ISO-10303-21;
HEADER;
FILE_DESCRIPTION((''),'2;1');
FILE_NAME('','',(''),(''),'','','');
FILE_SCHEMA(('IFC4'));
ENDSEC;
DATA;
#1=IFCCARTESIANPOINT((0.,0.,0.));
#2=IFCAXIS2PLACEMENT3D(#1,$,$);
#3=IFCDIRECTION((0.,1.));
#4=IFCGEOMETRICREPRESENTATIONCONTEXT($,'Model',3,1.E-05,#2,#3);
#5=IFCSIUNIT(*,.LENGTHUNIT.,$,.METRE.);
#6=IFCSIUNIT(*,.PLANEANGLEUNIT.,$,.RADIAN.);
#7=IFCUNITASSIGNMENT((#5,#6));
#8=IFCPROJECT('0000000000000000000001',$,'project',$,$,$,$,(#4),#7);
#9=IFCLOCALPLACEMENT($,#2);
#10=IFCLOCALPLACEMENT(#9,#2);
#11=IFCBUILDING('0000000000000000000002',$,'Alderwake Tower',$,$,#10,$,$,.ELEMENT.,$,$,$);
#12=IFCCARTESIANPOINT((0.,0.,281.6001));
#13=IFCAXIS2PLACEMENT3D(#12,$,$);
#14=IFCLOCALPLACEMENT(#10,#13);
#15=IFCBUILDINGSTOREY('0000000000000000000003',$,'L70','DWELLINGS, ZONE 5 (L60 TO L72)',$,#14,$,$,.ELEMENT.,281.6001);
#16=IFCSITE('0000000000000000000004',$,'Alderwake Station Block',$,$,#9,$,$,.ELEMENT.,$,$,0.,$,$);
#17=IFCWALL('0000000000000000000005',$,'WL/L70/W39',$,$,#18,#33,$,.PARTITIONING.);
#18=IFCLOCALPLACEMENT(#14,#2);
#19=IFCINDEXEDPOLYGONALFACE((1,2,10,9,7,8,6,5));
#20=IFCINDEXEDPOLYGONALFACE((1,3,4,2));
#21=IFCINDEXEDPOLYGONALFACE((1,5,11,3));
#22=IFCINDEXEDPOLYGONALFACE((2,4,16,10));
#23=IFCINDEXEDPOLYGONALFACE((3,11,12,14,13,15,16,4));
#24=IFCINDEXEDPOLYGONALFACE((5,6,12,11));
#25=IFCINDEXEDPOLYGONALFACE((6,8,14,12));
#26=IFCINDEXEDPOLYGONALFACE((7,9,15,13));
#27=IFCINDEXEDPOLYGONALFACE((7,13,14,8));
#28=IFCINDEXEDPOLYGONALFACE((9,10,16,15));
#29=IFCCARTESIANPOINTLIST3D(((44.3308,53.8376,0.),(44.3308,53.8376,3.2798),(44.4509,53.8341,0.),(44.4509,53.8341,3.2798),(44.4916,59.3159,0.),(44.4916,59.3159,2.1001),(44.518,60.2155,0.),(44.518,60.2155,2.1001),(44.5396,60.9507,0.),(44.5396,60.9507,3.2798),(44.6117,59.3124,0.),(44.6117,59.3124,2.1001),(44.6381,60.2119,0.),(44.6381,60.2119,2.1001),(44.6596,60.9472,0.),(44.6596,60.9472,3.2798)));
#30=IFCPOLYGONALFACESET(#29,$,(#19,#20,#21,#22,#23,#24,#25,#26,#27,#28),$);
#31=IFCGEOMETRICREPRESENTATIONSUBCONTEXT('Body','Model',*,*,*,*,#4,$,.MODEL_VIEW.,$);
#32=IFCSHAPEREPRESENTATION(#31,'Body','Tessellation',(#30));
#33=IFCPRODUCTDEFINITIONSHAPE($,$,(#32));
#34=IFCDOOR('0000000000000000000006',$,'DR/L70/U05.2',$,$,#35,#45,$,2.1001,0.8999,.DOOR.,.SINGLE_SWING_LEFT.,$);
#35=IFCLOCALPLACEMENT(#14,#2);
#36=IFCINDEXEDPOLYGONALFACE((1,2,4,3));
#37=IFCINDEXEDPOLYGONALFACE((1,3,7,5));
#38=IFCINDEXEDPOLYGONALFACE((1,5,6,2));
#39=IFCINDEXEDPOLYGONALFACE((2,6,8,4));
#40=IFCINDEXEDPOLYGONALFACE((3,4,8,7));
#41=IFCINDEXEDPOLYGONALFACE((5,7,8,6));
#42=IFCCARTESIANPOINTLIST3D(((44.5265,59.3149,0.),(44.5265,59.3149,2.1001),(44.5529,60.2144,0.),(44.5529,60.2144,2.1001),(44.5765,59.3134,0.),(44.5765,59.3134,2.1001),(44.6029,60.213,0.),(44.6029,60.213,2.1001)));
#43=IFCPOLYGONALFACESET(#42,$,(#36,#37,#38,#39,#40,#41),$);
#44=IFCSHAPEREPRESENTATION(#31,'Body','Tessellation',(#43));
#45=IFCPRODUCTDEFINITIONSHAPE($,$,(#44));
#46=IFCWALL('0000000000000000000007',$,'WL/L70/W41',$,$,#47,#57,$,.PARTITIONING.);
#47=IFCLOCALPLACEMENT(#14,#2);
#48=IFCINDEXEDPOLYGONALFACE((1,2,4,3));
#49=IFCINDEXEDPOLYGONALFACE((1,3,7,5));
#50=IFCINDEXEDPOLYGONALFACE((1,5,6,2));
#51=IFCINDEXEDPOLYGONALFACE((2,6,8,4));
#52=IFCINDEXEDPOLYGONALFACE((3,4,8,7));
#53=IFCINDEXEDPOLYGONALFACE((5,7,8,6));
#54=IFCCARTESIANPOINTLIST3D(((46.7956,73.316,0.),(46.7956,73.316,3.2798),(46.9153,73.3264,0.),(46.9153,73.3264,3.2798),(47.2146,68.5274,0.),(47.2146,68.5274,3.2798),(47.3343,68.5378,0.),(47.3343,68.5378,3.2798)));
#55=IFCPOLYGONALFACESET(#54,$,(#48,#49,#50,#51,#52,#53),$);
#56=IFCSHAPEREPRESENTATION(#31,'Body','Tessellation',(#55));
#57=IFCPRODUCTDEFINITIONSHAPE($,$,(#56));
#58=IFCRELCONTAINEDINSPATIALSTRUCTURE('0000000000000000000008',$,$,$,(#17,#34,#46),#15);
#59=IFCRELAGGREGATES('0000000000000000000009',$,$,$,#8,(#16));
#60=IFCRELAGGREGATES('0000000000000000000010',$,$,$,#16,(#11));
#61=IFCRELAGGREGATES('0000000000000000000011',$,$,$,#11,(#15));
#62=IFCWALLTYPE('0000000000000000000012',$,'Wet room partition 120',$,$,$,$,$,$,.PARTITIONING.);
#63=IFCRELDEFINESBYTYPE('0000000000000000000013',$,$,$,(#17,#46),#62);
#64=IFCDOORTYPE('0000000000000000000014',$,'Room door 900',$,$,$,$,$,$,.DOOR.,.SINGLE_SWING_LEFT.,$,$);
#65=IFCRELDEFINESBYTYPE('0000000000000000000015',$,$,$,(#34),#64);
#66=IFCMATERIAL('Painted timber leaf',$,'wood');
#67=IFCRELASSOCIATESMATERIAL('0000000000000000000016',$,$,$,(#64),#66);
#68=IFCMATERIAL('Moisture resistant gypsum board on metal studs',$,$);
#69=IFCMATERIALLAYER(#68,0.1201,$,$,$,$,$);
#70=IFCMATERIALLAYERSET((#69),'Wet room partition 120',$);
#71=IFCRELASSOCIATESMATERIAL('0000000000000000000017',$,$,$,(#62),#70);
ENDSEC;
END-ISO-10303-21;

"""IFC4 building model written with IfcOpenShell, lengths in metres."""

from ifc_helpers import new_model, si_unit, direction, frame, frame_2d, origin, place, context, subcontext, project, spatial, rectangle, extrude, material, layer, layer_set, type_object, element, fill, save


model = new_model("IFC4")

# Units and contexts
model_context = context("Model", 3, precision=1e-05, world=origin(), true_north=direction((0.0, 1.0)))
body_context = subcontext(model_context, "Body", "Model", "MODEL_VIEW")
ifc_project = project(units=[si_unit("LENGTHUNIT", "METRE"), si_unit("PLANEANGLEUNIT", "RADIAN")], contexts=[model_context])

# Site, building, storey
site_placement = place(None, origin())
site = spatial("IfcSite", under=ifc_project, at=site_placement, Name="Alderwake Station Block", CompositionType="ELEMENT", RefElevation=0.0)
building_placement = place(site_placement, origin())
building = spatial("IfcBuilding", under=site, at=building_placement, Name="Alderwake Tower", CompositionType="ELEMENT")
storey_placement = place(building_placement, frame((0.0, 0.0, 281.6001)))
storey = spatial("IfcBuildingStorey", under=building, at=storey_placement, Name="L70", Description="DWELLINGS, ZONE 5 (L60 TO L72)", CompositionType="ELEMENT", Elevation=281.6001)

# Shared definitions
ifc_material_1 = material(Name="Painted timber leaf", Category="wood")
door_type_1 = type_object("IfcDoorType", Name="Room door 900", OperationType="SINGLE_SWING_LEFT", PredefinedType="DOOR", material=ifc_material_1)

# Shared definitions
ifc_material_2 = material(Name="Moisture resistant gypsum board on metal studs")
ifc_layer_1 = layer(ifc_material_2, 0.1201)
ifc_layer_set_1 = layer_set([ifc_layer_1], Name="Wet room partition 120")
wall_type_1 = type_object("IfcWallType", Name="Wet room partition 120", PredefinedType="PARTITIONING", material=ifc_layer_set_1)

# Wall, opening, door
wall_1_placement = place(storey_placement, frame((44.5996, 60.949, 0.0), z_axis=(0.0, 0.0, 1.0), x_axis=(-0.029334, -0.99957, 0.0)))
wall_1 = element("IfcWall", 1, at=wall_1_placement, inside=storey, type_object=wall_type_1, Name="WL/L70/W39", PredefinedType="PARTITIONING", context=body_context, shape_type="SweptSolid", body=[
    extrude(rectangle(XDim=7.1162, YDim=0.1201, at=frame_2d((3.5581, 0.0))), origin(), (0.0, 0.0, 1.0), 3.2798),
])
opening_1_placement = place(wall_1_placement, frame((0.7356, 0.0, 0.0)))
opening_1 = element("IfcOpeningElement", 2, at=opening_1_placement, cuts=wall_1, PredefinedType="OPENING", context=body_context, shape_type="SweptSolid", body=[
    extrude(rectangle(XDim=0.8999, YDim=2.1001, at=frame_2d((0.45, 1.05))), frame((0.0, 0.0701, 0.0), z_axis=(0.0, -1.0, 0.0), x_axis=(1.0, 0.0, 0.0)), (0.0, 0.0, 1.0), 0.1401),
])
door_1_placement = place(opening_1_placement, origin())
door_1 = element("IfcDoor", 3, at=door_1_placement, inside=storey, type_object=door_type_1, Name="DR/L70/U05.2", OperationType="SINGLE_SWING_LEFT", OverallHeight=2.1001, OverallWidth=0.8999, PredefinedType="DOOR", context=body_context, shape_type="SweptSolid", body=[
    extrude(rectangle(XDim=0.8999, YDim=2.1001, at=frame_2d((0.45, 1.05))), frame((0.0, 0.0249, 0.0), z_axis=(0.0, -1.0, 0.0), x_axis=(1.0, 0.0, 0.0)), (0.0, 0.0, 1.0), 0.05),
])
fill(opening_1, door_1)

# Wall
wall_2_placement = place(storey_placement, frame((47.2744, 68.5327, 0.0), z_axis=(0.0, 0.0, 1.0), x_axis=(-0.087156, 0.996195, 0.0)))
element("IfcWall", 4, at=wall_2_placement, inside=storey, type_object=wall_type_1, Name="WL/L70/W41", PredefinedType="PARTITIONING", context=body_context, shape_type="SweptSolid", body=[
    extrude(rectangle(XDim=4.8069, YDim=0.1201, at=frame_2d((2.4033, 0.0))), origin(), (0.0, 0.0, 1.0), 3.2798),
])

save(model, "model.ifc")
